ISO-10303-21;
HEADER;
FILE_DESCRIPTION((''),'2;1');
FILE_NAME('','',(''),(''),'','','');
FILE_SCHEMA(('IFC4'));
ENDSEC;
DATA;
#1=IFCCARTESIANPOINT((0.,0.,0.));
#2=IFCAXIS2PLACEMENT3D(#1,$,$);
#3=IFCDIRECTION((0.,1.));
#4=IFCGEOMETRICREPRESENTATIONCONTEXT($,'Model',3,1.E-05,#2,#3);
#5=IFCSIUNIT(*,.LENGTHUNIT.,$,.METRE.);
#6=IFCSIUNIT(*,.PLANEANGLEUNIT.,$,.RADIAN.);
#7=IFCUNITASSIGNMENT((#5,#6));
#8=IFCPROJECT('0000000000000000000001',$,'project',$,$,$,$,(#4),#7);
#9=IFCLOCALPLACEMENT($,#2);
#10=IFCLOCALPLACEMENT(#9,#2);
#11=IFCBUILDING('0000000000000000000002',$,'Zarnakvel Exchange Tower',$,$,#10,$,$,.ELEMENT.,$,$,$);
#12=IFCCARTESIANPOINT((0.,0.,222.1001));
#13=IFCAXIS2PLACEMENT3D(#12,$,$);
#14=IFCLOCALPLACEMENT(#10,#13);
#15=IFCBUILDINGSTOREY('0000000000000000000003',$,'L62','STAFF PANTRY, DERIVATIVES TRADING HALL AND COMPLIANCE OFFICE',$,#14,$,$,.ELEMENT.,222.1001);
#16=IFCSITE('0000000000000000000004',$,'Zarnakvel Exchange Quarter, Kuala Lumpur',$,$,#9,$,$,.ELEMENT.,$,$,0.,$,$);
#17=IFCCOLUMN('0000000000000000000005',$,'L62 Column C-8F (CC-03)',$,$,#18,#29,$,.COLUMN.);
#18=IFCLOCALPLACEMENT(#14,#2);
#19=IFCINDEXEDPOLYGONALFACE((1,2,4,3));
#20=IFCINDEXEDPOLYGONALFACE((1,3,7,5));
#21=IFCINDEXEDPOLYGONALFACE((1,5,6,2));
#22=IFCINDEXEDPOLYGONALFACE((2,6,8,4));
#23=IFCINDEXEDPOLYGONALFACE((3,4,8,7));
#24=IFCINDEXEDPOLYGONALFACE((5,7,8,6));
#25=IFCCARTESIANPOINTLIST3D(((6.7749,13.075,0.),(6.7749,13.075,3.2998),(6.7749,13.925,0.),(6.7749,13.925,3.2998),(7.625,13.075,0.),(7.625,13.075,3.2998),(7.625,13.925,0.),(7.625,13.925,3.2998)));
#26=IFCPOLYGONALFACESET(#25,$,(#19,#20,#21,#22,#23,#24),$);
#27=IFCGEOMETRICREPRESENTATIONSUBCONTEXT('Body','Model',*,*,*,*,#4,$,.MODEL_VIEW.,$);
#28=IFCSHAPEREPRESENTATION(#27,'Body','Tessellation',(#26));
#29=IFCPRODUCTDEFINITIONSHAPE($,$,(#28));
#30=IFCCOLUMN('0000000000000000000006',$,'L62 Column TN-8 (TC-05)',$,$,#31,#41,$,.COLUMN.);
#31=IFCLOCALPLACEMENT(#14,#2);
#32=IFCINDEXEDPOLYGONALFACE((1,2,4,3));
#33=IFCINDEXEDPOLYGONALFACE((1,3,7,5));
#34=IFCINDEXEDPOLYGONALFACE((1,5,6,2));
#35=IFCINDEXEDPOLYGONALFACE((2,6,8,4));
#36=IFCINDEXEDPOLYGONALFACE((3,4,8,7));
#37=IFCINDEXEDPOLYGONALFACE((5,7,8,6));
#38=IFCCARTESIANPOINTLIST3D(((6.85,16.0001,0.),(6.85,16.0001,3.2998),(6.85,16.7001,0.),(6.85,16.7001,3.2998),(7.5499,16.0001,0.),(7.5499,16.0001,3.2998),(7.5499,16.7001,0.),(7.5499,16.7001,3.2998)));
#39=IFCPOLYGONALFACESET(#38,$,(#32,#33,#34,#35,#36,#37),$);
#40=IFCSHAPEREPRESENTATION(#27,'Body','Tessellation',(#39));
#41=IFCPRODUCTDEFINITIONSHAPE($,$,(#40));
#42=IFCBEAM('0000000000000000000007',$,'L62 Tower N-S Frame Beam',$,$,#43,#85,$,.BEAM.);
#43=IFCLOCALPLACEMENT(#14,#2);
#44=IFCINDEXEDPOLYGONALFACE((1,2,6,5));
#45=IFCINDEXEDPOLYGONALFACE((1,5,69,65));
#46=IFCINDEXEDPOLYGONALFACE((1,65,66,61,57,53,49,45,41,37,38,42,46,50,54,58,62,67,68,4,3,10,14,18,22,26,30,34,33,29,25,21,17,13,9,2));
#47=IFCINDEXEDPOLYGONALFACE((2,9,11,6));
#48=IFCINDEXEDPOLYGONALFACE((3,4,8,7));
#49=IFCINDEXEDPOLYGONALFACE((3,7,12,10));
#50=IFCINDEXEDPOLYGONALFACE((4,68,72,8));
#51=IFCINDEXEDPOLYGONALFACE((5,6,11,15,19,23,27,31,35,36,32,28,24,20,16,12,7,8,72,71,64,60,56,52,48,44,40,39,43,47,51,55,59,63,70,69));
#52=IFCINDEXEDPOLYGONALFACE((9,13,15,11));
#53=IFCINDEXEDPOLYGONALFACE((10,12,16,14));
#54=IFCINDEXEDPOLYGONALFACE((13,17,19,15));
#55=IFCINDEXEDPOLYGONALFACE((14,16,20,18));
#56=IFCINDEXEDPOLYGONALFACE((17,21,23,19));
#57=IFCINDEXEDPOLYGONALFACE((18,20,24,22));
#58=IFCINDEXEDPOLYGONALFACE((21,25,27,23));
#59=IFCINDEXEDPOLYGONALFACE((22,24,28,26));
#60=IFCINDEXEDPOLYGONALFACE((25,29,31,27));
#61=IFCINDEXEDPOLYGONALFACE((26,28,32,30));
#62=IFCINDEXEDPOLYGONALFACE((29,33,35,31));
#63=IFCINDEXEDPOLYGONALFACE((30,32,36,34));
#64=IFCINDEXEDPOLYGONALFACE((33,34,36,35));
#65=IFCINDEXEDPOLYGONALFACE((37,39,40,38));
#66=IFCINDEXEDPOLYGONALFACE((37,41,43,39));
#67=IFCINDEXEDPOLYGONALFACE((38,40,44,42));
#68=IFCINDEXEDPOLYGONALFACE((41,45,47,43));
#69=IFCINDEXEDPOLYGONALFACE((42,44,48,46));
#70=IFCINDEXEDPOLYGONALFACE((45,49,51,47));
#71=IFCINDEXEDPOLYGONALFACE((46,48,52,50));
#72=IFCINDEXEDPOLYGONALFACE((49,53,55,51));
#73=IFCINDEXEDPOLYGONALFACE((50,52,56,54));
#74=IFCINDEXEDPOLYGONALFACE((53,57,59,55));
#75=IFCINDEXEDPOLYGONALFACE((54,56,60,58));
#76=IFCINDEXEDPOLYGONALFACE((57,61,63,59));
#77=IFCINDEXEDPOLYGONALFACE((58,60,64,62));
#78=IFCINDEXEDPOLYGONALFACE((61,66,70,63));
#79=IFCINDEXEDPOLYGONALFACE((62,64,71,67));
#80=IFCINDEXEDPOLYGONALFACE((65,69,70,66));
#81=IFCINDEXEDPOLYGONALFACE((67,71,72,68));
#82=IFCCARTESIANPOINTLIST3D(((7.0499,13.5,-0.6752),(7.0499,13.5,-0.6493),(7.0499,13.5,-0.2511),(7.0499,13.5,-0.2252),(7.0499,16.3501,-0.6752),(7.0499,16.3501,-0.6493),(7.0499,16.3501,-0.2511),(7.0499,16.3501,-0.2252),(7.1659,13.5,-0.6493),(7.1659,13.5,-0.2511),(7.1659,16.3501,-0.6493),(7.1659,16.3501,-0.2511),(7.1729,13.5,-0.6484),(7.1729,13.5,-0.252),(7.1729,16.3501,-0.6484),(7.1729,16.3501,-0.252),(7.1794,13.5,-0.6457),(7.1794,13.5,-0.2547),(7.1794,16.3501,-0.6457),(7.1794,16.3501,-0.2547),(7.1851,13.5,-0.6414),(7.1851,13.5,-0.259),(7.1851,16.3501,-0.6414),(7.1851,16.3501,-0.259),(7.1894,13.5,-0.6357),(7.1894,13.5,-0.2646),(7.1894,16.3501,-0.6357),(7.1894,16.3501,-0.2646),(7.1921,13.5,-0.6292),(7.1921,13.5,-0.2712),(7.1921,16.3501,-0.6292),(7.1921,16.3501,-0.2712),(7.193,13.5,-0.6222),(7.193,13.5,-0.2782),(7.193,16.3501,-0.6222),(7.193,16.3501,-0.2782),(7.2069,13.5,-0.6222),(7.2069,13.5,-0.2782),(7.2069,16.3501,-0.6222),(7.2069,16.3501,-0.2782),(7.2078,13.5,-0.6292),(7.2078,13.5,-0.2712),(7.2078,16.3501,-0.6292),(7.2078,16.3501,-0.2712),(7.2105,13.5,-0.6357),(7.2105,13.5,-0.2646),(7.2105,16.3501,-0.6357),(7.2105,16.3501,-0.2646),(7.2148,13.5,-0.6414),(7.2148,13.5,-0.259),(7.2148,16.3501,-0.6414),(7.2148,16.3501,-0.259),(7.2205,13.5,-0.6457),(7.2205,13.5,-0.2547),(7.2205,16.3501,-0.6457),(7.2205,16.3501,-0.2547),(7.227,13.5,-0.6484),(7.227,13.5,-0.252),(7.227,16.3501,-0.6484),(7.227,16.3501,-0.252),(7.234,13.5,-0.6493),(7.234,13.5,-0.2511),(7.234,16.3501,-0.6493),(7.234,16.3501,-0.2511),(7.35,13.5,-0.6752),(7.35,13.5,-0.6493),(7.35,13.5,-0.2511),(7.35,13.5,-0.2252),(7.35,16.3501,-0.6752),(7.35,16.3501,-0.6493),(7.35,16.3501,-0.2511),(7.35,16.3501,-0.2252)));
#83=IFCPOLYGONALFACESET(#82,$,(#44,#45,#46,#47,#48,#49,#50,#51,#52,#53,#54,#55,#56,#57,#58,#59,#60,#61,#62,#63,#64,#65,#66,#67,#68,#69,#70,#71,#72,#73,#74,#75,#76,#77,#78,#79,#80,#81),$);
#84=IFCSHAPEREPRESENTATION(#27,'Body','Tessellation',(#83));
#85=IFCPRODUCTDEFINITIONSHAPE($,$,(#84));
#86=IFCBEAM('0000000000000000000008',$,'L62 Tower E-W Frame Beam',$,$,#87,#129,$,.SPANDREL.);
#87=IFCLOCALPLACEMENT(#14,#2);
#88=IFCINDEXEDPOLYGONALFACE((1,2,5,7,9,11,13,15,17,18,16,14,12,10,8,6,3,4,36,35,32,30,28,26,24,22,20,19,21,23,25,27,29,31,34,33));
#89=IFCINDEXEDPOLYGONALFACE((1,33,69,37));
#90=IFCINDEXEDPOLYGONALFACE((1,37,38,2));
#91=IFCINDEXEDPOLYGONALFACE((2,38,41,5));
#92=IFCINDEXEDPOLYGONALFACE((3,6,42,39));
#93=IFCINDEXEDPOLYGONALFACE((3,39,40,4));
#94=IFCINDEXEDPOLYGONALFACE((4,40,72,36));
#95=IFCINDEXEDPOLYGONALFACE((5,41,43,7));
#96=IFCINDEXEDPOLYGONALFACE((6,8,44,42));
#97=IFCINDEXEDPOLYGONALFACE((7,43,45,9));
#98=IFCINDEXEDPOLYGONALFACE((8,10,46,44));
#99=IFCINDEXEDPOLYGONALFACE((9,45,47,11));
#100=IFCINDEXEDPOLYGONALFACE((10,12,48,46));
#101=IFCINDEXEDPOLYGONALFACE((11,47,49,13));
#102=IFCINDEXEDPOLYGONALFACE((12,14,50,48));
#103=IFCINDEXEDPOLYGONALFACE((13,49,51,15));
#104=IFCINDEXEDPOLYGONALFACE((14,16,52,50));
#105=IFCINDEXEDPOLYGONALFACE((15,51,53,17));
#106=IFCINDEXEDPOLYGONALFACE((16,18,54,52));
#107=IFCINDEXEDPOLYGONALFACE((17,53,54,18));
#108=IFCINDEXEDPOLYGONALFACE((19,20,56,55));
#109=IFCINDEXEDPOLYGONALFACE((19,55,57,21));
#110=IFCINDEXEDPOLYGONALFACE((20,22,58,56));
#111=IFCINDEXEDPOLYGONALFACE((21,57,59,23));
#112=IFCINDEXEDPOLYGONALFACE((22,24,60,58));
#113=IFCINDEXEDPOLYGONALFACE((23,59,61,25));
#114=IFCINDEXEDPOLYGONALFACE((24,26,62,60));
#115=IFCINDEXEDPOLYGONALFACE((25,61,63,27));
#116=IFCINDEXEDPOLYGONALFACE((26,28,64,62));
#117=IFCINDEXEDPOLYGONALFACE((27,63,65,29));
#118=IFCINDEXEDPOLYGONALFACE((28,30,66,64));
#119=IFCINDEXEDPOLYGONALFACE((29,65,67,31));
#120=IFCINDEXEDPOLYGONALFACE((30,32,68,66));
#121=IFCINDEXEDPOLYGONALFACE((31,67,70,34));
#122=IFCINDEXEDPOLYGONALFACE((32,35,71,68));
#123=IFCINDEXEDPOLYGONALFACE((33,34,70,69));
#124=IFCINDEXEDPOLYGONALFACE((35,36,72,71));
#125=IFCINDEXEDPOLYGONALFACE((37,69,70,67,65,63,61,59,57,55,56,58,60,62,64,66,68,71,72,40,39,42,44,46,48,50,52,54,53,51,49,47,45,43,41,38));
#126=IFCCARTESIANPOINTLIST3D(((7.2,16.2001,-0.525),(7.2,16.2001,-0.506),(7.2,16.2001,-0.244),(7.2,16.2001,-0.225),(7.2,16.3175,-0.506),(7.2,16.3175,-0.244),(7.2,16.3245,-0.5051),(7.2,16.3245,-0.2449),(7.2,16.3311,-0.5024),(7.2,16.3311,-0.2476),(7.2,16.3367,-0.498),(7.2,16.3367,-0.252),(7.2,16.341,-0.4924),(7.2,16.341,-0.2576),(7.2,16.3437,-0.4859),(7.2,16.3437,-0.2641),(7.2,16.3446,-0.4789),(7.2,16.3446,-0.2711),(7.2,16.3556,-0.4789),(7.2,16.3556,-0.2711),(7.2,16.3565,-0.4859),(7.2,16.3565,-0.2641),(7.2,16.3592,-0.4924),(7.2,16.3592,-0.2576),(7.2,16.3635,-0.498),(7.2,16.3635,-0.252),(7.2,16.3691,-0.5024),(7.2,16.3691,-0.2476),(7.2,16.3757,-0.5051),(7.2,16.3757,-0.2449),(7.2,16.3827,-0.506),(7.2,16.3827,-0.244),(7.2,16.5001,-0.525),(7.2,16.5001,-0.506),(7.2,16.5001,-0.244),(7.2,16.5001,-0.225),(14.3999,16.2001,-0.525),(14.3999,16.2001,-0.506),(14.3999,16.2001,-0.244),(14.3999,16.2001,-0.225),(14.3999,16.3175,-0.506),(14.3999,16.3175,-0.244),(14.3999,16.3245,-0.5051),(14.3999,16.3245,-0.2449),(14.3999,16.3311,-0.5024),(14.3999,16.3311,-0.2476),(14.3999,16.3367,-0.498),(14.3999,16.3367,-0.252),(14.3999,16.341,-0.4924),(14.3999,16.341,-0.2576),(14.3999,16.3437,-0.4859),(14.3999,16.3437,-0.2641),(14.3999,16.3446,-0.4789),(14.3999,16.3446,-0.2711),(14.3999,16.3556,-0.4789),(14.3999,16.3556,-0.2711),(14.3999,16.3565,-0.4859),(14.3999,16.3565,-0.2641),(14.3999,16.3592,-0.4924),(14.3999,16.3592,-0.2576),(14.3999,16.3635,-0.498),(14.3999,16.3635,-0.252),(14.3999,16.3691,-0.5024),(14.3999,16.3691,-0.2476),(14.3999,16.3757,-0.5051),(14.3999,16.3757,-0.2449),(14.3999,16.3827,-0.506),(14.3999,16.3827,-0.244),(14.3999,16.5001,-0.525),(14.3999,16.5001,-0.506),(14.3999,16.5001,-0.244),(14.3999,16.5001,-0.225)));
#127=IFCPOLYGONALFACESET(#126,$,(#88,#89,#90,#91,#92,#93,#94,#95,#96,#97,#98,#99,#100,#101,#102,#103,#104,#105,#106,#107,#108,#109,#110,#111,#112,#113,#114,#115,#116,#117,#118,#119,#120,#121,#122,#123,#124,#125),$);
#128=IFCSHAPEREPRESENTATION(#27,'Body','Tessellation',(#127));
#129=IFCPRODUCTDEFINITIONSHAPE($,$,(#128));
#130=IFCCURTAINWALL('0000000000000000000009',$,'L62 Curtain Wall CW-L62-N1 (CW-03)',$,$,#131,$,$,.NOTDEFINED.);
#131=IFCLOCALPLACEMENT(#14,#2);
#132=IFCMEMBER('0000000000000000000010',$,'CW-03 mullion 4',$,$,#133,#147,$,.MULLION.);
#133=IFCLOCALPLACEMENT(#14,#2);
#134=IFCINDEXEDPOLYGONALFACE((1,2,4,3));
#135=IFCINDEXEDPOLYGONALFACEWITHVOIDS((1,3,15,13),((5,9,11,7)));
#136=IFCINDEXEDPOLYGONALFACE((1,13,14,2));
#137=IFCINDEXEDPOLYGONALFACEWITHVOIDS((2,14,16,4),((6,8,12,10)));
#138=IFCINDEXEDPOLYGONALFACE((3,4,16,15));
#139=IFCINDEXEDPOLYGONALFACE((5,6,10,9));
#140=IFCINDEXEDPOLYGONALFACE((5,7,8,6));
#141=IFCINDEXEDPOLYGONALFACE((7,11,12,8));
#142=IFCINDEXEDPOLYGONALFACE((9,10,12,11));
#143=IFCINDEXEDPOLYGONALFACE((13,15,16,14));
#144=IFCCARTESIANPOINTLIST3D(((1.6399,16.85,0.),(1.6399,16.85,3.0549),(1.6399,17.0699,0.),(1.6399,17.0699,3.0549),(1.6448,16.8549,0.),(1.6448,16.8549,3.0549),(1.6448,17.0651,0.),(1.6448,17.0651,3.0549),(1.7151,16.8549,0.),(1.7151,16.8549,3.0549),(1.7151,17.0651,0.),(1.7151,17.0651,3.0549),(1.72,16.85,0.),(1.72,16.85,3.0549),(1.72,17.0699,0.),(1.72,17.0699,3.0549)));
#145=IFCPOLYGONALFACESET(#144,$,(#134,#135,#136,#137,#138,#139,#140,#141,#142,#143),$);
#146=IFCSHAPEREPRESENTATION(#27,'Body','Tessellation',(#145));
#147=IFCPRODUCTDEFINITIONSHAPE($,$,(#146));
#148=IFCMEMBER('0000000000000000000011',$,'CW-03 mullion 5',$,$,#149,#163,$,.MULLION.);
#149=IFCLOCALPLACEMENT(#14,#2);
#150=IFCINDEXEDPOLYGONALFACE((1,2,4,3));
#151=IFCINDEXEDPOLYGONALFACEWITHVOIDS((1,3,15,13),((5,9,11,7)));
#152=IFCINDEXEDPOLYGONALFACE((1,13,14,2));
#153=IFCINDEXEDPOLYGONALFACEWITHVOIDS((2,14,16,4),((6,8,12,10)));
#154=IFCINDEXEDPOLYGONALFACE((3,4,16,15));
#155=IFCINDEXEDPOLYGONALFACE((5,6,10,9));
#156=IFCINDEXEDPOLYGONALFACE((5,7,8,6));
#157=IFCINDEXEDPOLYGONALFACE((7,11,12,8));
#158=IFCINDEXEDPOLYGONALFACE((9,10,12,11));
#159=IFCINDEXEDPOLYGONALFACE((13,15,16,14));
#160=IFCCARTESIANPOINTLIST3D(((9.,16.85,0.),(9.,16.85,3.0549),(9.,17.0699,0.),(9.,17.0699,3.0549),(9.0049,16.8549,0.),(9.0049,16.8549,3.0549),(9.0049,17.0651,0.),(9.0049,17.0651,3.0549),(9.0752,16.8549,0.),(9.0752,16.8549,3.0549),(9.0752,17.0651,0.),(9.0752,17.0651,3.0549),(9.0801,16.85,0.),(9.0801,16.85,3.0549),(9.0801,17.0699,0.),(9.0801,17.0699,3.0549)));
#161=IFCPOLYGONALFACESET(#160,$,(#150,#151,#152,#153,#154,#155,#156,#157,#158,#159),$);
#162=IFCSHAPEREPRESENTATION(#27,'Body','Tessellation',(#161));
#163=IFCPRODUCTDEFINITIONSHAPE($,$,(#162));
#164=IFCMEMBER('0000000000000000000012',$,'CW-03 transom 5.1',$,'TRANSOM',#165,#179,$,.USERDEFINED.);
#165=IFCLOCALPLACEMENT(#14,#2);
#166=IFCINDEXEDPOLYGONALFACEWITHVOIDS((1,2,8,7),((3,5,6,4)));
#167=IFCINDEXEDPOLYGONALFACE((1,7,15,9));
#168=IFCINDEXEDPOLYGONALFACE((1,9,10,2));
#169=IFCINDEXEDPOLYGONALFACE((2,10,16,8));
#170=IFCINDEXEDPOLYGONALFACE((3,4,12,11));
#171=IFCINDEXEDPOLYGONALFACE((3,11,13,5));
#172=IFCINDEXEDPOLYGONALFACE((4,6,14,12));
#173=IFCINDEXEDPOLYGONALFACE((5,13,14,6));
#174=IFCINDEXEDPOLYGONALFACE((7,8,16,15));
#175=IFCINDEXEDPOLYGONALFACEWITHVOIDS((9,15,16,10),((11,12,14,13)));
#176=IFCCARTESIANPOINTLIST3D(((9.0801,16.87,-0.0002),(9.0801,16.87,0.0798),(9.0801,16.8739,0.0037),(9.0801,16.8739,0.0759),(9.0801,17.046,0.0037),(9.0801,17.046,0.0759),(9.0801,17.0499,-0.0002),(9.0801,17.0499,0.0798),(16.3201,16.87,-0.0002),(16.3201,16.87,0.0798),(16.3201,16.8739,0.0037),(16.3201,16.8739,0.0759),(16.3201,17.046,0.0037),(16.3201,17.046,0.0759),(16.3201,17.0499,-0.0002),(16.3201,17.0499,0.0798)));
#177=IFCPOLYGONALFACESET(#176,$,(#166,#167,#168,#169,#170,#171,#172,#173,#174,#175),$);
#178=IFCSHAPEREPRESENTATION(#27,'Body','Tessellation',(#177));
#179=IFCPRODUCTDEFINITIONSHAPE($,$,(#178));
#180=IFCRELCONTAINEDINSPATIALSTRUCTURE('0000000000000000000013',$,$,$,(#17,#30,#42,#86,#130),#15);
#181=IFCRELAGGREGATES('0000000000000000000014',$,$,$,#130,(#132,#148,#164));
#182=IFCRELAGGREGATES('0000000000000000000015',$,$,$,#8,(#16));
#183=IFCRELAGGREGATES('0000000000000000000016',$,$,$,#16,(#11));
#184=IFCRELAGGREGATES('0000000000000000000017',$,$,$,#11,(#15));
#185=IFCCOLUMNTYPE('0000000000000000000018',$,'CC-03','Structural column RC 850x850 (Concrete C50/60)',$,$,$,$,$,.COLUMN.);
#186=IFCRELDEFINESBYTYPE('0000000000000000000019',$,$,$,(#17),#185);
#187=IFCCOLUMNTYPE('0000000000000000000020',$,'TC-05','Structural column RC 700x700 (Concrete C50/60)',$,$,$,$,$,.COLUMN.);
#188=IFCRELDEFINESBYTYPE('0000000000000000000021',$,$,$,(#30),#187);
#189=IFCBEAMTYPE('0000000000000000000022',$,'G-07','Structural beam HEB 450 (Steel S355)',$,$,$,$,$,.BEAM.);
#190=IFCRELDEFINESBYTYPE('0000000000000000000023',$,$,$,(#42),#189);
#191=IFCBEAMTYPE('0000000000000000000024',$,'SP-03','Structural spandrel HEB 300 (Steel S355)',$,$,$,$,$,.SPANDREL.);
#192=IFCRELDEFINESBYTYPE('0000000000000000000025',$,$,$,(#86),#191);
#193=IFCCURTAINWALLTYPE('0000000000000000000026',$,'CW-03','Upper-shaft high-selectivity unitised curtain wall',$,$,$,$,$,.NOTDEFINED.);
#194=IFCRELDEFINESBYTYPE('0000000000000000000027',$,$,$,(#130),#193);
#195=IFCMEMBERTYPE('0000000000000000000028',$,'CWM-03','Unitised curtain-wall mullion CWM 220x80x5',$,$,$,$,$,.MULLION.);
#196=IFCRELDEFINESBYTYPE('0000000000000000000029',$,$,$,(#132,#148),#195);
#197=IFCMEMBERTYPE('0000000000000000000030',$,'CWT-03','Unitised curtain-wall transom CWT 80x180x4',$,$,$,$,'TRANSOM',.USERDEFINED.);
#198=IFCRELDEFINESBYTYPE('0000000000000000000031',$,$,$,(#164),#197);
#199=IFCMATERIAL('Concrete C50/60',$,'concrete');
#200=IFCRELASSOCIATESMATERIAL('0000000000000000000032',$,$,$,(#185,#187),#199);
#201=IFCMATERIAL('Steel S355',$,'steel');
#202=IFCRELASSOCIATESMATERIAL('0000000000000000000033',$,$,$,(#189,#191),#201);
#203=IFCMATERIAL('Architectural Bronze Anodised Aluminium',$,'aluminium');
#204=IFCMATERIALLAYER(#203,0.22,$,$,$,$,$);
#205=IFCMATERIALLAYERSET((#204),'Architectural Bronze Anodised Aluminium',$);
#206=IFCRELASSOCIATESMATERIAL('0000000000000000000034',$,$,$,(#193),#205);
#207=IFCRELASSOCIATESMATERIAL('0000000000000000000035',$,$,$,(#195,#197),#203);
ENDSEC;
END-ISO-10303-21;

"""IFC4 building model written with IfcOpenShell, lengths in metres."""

from ifc_helpers import new_model, si_unit, direction, frame, origin, origin_2d, place, context, subcontext, project, spatial, rectangle, hollow_rectangle, i_section, extrude, source, transform, mapped, material, layer, layer_set, material_profile, profile_set, type_object, element, aggregate, save


model = new_model("IFC4")

# Units and contexts
model_context = context("Model", 3, precision=1e-05, world=origin(), true_north=direction((0.0, 1.0)))
body_context = subcontext(model_context, "Body", "Model", "MODEL_VIEW")
ifc_project = project(units=[si_unit("LENGTHUNIT", "METRE"), si_unit("PLANEANGLEUNIT", "RADIAN")], contexts=[model_context])

# Site, building, storey
site_placement = place(None, origin())
site = spatial("IfcSite", under=ifc_project, at=site_placement, Name="Zarnakvel Exchange Quarter, Kuala Lumpur", CompositionType="ELEMENT", RefElevation=0.0)
building_placement = place(site_placement, origin())
building = spatial("IfcBuilding", under=site, at=building_placement, Name="Zarnakvel Exchange Tower", CompositionType="ELEMENT")
storey_placement = place(building_placement, frame((0.0, 0.0, 222.1001)))
storey = spatial("IfcBuildingStorey", under=building, at=storey_placement, Name="L62", Description="STAFF PANTRY, DERIVATIVES TRADING HALL AND COMPLIANCE OFFICE", CompositionType="ELEMENT", Elevation=222.1001)

# Columns
ifc_material_1 = material(Name="Concrete C50/60", Category="concrete")
ifc_material_profile_1 = material_profile(ifc_material_1, rectangle(XDim=0.8501, YDim=0.8501, at=origin_2d()))
ifc_profile_set_1 = profile_set([ifc_material_profile_1], Name="Concrete C50/60")
column_type_1 = type_object("IfcColumnType", Name="CC-03", Description="Structural column RC 850x850 (Concrete C50/60)", PredefinedType="COLUMN", material=ifc_profile_set_1)
column_1_placement = place(storey_placement, frame((7.2, 13.5, 0.0), z_axis=(0.0, 0.0, 1.0), x_axis=(1.0, 0.0, 0.0)))
element("IfcColumn", 1, at=column_1_placement, inside=storey, type_object=column_type_1, Name="L62 Column C-8F (CC-03)", PredefinedType="COLUMN", context=body_context, shape_type="SweptSolid", body=[
    extrude(rectangle(XDim=0.8501, YDim=0.8501, at=origin_2d()), origin(), (0.0, 0.0, 1.0), 3.2998),
])
ifc_material_profile_2 = material_profile(ifc_material_1, rectangle(XDim=0.7, YDim=0.7, at=origin_2d()))
ifc_profile_set_2 = profile_set([ifc_material_profile_2], Name="Concrete C50/60")
column_type_2 = type_object("IfcColumnType", Name="TC-05", Description="Structural column RC 700x700 (Concrete C50/60)", PredefinedType="COLUMN", material=ifc_profile_set_2)
column_2_placement = place(storey_placement, frame((7.2, 16.3501, 0.0), z_axis=(0.0, 0.0, 1.0), x_axis=(1.0, 0.0, 0.0)))
element("IfcColumn", 2, at=column_2_placement, inside=storey, type_object=column_type_2, Name="L62 Column TN-8 (TC-05)", PredefinedType="COLUMN", context=body_context, shape_type="SweptSolid", body=[
    extrude(rectangle(XDim=0.7, YDim=0.7, at=origin_2d()), origin(), (0.0, 0.0, 1.0), 3.2998),
])

# Beams
ifc_material_2 = material(Name="Steel S355", Category="steel")
ifc_material_profile_3 = material_profile(ifc_material_2, i_section(OverallWidth=0.3, OverallDepth=0.45, WebThickness=0.0139, FlangeThickness=0.0259, FilletRadius=0.0271, at=origin_2d()))
ifc_profile_set_3 = profile_set([ifc_material_profile_3], Name="Steel S355")
beam_type_1 = type_object("IfcBeamType", Name="G-07", Description="Structural beam HEB 450 (Steel S355)", PredefinedType="BEAM", material=ifc_profile_set_3)
beam_1_placement = place(storey_placement, frame((7.2, 13.5, -0.4502), z_axis=(0.0, 1.0, 0.0), x_axis=(-1.0, 0.0, 0.0)))
element("IfcBeam", 3, at=beam_1_placement, inside=storey, type_object=beam_type_1, Name="L62 Tower N-S Frame Beam", PredefinedType="BEAM", context=body_context, shape_type="SweptSolid", body=[
    extrude(i_section(OverallWidth=0.3, OverallDepth=0.45, WebThickness=0.0139, FlangeThickness=0.0259, FilletRadius=0.0271, at=origin_2d()), origin(), (0.0, 0.0, 1.0), 2.8501),
])
ifc_material_profile_4 = material_profile(ifc_material_2, i_section(OverallWidth=0.3, OverallDepth=0.3, WebThickness=0.011, FlangeThickness=0.019, FilletRadius=0.0271, at=origin_2d()))
ifc_profile_set_4 = profile_set([ifc_material_profile_4], Name="Steel S355")
beam_type_2 = type_object("IfcBeamType", Name="SP-03", Description="Structural spandrel HEB 300 (Steel S355)", PredefinedType="SPANDREL", material=ifc_profile_set_4)
beam_2_placement = place(storey_placement, frame((7.2, 16.3501, -0.375), z_axis=(1.0, 0.0, 0.0), x_axis=(0.0, 1.0, 0.0)))
element("IfcBeam", 4, at=beam_2_placement, inside=storey, type_object=beam_type_2, Name="L62 Tower E-W Frame Beam", PredefinedType="SPANDREL", context=body_context, shape_type="SweptSolid", body=[
    extrude(i_section(OverallWidth=0.3, OverallDepth=0.3, WebThickness=0.011, FlangeThickness=0.019, FilletRadius=0.0271, at=origin_2d()), origin(), (0.0, 0.0, 1.0), 7.2),
])

# Curtain wall, members
ifc_material_3 = material(Name="Architectural Bronze Anodised Aluminium", Category="aluminium")
ifc_layer_1 = layer(ifc_material_3, 0.22)
ifc_layer_set_1 = layer_set([ifc_layer_1], Name="Architectural Bronze Anodised Aluminium")
curtain_wall_type = type_object("IfcCurtainWallType", Name="CW-03", Description="Upper-shaft high-selectivity unitised curtain wall", PredefinedType="NOTDEFINED", material=ifc_layer_set_1)
curtain_wall_placement = place(storey_placement, origin())
curtain_wall = element("IfcCurtainWall", 5, at=curtain_wall_placement, inside=storey, type_object=curtain_wall_type, Name="L62 Curtain Wall CW-L62-N1 (CW-03)", PredefinedType="NOTDEFINED")
ifc_material_profile_5 = material_profile(ifc_material_3, hollow_rectangle(XDim=0.22, YDim=0.0801, WallThickness=0.0049, at=origin_2d()))
ifc_profile_set_5 = profile_set([ifc_material_profile_5], Name="Architectural Bronze Anodised Aluminium")
member_type_1 = type_object("IfcMemberType", Name="CWM-03", Description="Unitised curtain-wall mullion CWM 220x80x5", PredefinedType="MULLION", material=ifc_profile_set_5)
shared_shape_1 = source(origin(), body_context, "Body", "SweptSolid", [
    extrude(hollow_rectangle(XDim=0.22, YDim=0.0801, WallThickness=0.0049, at=origin_2d()), origin(), (0.0, 0.0, 1.0), 3.0549),
])
member_1_placement = place(storey_placement, frame((1.6799, 16.96, 0.0), z_axis=(0.0, 0.0, 1.0), x_axis=(0.0, 1.0, 0.0)))
member_1 = element("IfcMember", 6, at=member_1_placement, type_object=member_type_1, Name="CW-03 mullion 4", PredefinedType="MULLION", context=body_context, shape_type="MappedRepresentation", body=[
    mapped(shared_shape_1, transform((0.0, 0.0, 0.0), x_axis=(1.0, 0.0, 0.0), y_axis=(0.0, 1.0, 0.0), z_axis=(0.0, 0.0, 1.0), scale=1.0)),
])
member_2_placement = place(storey_placement, frame((9.04, 16.96, 0.0), z_axis=(0.0, 0.0, 1.0), x_axis=(0.0, 1.0, 0.0)))
member_2 = element("IfcMember", 7, at=member_2_placement, type_object=member_type_1, Name="CW-03 mullion 5", PredefinedType="MULLION", context=body_context, shape_type="MappedRepresentation", body=[
    mapped(shared_shape_1, transform((0.0, 0.0, 0.0), x_axis=(1.0, 0.0, 0.0), y_axis=(0.0, 1.0, 0.0), z_axis=(0.0, 0.0, 1.0), scale=1.0)),
])
ifc_material_profile_6 = material_profile(ifc_material_3, hollow_rectangle(XDim=0.1799, YDim=0.0801, WallThickness=0.0039, at=origin_2d()))
ifc_profile_set_6 = profile_set([ifc_material_profile_6], Name="Architectural Bronze Anodised Aluminium")
member_type_2 = type_object("IfcMemberType", Name="CWT-03", Description="Unitised curtain-wall transom CWT 80x180x4", ElementType="TRANSOM", PredefinedType="USERDEFINED", material=ifc_profile_set_6)
shared_shape_2 = source(origin(), body_context, "Body", "SweptSolid", [
    extrude(hollow_rectangle(XDim=0.1799, YDim=0.0801, WallThickness=0.0039, at=origin_2d()), origin(), (0.0, 0.0, 1.0), 7.24),
])
member_3_placement = place(storey_placement, frame((9.0801, 16.96, 0.0398), z_axis=(1.0, 0.0, 0.0), x_axis=(0.0, 1.0, 0.0)))
member_3 = element("IfcMember", 8, at=member_3_placement, type_object=member_type_2, Name="CW-03 transom 5.1", ObjectType="TRANSOM", PredefinedType="USERDEFINED", context=body_context, shape_type="MappedRepresentation", body=[
    mapped(shared_shape_2, transform((0.0, 0.0, 0.0), x_axis=(1.0, 0.0, 0.0), y_axis=(0.0, 1.0, 0.0), z_axis=(0.0, 0.0, 1.0), scale=1.0)),
])
aggregate(curtain_wall, [member_1, member_2, member_3])

save(model, "model.ifc")
